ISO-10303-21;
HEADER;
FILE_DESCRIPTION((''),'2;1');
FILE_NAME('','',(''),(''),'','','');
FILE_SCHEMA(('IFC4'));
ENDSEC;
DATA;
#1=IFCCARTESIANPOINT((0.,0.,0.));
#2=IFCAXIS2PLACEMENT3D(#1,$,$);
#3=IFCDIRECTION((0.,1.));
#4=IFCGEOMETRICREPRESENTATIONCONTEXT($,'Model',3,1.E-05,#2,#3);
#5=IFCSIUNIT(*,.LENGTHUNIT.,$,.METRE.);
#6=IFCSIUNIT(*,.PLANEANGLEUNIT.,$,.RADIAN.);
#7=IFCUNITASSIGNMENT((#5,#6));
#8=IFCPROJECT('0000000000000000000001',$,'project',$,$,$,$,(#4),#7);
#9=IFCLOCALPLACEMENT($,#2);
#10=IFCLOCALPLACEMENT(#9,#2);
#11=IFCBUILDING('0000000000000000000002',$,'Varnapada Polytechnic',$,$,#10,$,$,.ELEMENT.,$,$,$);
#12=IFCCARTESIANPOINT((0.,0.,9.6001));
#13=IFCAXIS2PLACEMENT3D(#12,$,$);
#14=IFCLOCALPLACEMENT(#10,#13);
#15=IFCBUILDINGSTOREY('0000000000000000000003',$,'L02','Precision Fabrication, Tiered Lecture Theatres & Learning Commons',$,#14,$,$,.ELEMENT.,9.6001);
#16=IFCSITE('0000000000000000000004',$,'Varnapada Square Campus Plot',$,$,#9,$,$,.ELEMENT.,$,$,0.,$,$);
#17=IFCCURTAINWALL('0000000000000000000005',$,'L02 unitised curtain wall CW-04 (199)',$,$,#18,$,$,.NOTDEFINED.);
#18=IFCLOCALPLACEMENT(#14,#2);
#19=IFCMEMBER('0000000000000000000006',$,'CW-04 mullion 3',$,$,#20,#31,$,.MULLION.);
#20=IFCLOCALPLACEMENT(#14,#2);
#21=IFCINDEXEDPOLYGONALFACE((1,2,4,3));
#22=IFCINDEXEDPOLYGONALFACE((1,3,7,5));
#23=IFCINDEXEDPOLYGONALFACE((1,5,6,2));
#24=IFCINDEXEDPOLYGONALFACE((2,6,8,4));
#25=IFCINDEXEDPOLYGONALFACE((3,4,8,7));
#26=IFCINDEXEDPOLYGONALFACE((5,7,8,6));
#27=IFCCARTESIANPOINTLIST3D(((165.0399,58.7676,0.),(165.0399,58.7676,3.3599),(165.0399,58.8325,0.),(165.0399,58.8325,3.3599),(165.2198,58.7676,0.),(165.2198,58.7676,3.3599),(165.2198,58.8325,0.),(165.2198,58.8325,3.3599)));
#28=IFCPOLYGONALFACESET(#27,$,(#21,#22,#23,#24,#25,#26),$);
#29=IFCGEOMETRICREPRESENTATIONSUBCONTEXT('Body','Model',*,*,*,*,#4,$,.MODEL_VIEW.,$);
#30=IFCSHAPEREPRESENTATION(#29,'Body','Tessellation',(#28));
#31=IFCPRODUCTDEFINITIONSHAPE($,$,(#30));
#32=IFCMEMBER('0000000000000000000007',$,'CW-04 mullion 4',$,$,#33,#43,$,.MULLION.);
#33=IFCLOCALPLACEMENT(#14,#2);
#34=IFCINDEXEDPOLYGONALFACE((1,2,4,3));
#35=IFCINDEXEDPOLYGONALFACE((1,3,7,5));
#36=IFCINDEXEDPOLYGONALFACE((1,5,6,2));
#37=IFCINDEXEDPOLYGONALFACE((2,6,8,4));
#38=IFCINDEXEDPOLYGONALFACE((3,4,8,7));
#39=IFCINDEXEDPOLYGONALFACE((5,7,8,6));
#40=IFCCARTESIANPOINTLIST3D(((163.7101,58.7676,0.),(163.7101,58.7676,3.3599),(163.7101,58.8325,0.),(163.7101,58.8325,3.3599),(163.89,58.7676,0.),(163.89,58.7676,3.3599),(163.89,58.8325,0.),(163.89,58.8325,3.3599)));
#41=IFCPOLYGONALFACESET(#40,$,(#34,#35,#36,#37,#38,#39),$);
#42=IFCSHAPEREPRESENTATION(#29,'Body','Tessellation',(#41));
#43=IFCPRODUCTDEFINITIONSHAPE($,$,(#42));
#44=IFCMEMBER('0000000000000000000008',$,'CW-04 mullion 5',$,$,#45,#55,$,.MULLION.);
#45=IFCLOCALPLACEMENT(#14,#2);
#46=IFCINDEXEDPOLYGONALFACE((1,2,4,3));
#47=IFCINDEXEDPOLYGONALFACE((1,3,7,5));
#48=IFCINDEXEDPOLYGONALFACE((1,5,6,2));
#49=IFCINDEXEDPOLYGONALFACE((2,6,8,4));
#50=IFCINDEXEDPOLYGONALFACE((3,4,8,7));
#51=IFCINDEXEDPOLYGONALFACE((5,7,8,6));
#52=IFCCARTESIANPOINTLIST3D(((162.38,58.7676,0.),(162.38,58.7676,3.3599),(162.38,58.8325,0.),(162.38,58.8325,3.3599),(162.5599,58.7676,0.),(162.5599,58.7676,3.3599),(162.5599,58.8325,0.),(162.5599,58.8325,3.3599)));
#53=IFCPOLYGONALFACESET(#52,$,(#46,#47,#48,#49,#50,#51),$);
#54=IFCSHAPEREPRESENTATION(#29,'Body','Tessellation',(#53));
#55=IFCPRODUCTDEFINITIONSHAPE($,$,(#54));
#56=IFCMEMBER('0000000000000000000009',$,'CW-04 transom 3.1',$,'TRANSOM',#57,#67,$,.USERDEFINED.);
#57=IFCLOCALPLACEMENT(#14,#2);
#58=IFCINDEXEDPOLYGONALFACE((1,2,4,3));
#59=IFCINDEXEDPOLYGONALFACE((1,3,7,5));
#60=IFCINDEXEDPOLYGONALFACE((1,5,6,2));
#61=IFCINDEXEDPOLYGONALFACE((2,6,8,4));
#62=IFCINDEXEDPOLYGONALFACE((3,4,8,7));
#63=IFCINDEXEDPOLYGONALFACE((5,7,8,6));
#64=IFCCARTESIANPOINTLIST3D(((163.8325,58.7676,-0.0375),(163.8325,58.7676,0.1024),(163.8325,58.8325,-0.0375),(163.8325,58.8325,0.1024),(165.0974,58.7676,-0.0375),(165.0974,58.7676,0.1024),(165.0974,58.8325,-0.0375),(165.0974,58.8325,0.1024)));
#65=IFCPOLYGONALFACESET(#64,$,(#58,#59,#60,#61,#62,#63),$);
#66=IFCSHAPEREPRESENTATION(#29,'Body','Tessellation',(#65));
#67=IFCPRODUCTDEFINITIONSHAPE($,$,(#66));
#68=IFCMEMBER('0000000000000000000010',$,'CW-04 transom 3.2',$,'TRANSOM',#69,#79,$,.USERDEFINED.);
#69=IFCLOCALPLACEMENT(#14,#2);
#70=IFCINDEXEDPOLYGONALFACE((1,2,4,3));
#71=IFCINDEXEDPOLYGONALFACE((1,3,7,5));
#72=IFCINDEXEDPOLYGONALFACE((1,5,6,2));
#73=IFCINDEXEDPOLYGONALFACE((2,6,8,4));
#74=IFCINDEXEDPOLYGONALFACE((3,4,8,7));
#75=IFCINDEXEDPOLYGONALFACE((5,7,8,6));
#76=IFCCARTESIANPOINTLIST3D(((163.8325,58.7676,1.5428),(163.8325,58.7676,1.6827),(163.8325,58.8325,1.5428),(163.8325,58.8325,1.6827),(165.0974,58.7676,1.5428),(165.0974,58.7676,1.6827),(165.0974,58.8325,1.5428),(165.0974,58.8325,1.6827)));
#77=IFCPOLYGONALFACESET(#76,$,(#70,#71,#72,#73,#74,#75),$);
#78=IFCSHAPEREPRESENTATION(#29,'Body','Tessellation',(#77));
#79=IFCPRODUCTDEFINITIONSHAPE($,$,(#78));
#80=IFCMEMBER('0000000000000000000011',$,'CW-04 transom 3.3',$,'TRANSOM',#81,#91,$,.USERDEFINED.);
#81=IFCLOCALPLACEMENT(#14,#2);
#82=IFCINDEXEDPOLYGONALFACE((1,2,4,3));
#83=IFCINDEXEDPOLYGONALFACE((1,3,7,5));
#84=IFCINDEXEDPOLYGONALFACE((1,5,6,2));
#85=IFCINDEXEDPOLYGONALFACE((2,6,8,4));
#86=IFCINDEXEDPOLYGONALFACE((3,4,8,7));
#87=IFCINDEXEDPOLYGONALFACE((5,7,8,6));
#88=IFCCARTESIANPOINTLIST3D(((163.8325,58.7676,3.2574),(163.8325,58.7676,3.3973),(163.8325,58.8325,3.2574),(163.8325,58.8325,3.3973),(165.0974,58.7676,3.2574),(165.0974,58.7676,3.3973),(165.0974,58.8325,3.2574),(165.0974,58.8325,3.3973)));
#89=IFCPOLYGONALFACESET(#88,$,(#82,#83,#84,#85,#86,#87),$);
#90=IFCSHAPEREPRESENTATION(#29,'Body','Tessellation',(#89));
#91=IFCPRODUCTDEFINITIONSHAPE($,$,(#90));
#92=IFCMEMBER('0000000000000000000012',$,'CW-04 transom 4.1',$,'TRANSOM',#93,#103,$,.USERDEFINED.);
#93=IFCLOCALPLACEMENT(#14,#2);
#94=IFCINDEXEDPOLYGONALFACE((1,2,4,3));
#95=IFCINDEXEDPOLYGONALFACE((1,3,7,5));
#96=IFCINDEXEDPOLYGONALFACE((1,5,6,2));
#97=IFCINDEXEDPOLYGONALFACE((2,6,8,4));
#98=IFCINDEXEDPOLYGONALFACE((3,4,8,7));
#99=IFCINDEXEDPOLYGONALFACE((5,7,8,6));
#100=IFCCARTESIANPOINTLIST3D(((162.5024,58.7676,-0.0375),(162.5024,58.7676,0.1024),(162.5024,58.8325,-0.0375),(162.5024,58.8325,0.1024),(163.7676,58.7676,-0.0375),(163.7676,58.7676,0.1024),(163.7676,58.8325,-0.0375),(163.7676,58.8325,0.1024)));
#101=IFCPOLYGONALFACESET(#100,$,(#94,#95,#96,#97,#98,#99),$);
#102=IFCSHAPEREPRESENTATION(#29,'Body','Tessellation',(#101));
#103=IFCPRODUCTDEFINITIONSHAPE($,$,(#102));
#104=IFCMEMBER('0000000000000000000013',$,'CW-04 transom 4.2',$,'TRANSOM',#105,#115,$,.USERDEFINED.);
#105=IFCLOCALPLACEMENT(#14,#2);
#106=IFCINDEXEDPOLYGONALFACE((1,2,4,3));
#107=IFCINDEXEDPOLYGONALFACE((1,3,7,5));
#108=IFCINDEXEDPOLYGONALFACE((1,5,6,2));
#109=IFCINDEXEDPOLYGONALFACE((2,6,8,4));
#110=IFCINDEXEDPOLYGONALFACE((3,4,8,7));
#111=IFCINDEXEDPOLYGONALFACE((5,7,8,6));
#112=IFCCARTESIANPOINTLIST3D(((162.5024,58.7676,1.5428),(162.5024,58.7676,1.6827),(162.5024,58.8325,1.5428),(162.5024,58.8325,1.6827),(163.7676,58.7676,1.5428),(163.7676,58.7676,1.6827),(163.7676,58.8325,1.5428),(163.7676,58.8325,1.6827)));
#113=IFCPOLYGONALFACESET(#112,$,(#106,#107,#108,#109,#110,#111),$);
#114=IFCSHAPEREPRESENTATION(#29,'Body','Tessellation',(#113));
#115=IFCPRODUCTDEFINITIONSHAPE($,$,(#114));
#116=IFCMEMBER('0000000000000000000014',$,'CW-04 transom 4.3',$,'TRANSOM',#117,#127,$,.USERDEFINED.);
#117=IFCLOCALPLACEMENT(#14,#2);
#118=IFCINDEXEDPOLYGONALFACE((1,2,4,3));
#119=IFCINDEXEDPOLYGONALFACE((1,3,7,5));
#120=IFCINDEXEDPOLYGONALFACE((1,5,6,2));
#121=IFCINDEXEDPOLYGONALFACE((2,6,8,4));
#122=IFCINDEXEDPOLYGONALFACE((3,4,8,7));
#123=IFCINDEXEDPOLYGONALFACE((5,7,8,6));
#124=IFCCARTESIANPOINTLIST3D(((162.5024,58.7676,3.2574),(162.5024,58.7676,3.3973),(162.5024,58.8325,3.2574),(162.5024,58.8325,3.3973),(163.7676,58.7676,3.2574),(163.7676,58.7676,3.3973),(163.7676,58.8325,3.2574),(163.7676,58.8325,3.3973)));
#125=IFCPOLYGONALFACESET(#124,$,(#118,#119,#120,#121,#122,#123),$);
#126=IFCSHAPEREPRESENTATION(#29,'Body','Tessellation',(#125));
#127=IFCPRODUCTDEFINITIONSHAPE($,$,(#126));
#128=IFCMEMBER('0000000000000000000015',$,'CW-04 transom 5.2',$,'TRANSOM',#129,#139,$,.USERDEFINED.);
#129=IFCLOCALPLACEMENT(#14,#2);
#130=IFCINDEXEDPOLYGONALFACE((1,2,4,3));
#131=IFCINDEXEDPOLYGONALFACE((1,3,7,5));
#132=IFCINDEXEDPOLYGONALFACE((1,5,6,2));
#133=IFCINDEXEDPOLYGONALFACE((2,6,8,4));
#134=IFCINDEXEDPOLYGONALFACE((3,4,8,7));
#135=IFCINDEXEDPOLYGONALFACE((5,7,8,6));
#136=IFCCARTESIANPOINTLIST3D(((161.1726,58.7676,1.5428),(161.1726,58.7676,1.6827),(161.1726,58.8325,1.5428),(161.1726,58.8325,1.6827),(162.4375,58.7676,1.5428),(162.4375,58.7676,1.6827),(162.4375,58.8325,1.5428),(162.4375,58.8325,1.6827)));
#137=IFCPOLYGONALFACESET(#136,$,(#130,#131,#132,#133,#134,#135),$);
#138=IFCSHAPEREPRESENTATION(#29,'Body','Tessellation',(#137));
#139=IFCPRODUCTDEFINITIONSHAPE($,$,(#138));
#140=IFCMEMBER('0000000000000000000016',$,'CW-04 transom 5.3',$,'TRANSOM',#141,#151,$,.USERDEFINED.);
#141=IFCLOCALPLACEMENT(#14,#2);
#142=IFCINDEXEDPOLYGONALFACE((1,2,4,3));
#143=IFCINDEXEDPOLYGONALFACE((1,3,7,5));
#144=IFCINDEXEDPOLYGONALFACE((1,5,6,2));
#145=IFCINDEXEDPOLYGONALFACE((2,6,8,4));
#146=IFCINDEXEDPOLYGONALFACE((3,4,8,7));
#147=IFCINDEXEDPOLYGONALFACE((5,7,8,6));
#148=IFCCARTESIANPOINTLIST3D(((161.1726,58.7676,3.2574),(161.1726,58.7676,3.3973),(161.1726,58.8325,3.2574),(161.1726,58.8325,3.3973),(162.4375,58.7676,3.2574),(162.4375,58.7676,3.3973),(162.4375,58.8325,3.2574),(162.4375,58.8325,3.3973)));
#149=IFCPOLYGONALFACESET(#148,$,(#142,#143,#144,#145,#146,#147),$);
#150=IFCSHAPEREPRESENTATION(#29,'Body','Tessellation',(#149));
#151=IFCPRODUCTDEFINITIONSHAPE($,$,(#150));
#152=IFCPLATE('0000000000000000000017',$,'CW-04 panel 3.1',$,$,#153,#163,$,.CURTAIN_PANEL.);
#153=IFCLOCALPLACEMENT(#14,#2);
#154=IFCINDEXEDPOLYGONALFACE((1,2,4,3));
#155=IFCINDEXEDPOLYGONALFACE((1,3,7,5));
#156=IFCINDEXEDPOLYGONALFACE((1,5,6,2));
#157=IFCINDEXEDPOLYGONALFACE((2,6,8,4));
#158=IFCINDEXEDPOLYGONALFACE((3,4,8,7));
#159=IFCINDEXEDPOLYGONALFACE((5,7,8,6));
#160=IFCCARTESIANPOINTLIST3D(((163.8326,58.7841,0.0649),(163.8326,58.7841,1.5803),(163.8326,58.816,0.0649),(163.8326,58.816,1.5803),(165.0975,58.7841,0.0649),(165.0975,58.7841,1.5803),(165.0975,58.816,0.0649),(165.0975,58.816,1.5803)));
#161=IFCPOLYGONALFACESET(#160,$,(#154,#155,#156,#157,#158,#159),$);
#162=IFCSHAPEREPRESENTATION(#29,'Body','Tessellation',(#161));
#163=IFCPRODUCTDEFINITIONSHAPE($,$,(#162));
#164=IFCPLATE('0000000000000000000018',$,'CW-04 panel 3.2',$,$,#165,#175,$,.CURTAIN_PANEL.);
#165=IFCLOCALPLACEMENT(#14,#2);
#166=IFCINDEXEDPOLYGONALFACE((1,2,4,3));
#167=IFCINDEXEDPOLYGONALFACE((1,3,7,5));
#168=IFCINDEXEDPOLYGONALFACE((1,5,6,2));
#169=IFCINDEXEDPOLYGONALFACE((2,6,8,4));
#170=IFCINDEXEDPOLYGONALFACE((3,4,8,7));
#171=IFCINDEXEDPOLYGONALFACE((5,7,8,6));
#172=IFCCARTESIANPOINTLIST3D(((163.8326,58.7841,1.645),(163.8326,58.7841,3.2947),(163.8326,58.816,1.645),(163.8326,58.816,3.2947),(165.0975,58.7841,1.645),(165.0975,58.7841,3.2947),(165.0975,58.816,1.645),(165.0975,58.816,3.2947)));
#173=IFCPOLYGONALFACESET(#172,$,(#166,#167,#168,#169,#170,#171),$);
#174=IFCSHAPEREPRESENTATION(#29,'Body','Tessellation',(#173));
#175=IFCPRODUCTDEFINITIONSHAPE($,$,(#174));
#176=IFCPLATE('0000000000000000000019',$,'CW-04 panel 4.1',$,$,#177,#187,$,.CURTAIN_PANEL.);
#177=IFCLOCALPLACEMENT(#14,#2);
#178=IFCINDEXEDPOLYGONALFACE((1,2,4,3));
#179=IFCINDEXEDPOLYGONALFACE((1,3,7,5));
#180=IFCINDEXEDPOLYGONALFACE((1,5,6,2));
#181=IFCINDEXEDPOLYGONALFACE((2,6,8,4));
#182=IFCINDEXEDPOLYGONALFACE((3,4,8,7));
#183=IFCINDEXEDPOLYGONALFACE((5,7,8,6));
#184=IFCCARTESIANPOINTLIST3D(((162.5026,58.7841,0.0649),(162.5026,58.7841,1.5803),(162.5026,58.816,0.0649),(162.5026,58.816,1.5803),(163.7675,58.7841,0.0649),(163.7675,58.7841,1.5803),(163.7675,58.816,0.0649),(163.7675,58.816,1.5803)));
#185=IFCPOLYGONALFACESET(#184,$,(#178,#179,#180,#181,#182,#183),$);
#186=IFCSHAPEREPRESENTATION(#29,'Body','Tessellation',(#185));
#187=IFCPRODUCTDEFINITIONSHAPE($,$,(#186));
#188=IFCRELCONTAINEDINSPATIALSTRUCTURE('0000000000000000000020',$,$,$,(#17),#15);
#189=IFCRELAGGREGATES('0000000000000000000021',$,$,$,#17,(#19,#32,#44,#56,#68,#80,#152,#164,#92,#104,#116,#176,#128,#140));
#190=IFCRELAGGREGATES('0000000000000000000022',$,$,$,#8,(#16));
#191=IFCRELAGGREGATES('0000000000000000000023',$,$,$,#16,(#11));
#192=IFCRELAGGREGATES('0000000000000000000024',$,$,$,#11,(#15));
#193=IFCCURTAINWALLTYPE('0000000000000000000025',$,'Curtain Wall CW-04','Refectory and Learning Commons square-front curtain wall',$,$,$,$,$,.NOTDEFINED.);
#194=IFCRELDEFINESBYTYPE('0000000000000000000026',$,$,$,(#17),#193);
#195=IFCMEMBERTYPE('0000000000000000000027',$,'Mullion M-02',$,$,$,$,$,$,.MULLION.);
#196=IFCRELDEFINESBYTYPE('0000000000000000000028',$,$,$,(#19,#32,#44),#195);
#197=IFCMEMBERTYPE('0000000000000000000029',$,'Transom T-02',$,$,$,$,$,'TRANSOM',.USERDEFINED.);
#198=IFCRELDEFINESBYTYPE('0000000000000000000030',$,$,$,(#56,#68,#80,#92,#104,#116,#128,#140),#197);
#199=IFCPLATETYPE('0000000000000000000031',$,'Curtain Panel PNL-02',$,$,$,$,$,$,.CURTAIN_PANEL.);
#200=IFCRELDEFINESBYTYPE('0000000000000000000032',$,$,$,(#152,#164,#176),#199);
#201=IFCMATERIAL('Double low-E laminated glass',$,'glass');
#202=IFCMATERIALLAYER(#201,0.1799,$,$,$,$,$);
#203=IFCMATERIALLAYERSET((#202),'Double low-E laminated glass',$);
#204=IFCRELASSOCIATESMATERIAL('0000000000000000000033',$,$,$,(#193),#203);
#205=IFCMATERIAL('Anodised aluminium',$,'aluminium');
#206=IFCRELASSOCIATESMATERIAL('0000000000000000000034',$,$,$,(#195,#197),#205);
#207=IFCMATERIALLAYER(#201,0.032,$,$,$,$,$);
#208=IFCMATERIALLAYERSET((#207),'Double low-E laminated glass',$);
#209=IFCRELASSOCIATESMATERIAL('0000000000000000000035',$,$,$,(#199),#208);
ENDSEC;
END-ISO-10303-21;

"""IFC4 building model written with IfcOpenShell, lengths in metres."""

from ifc_helpers import new_model, si_unit, direction, frame, origin, origin_2d, place, context, subcontext, project, spatial, rectangle, extrude, material, layer, layer_set, material_profile, profile_set, type_object, element, aggregate, save


model = new_model("IFC4")

# Units and contexts
model_context = context("Model", 3, precision=1e-05, world=origin(), true_north=direction((0.0, 1.0)))
body_context = subcontext(model_context, "Body", "Model", "MODEL_VIEW")
ifc_project = project(units=[si_unit("LENGTHUNIT", "METRE"), si_unit("PLANEANGLEUNIT", "RADIAN")], contexts=[model_context])

# Site, building, storey
site_placement = place(None, origin())
site = spatial("IfcSite", under=ifc_project, at=site_placement, Name="Varnapada Square Campus Plot", CompositionType="ELEMENT", RefElevation=0.0)
building_placement = place(site_placement, origin())
building = spatial("IfcBuilding", under=site, at=building_placement, Name="Varnapada Polytechnic", CompositionType="ELEMENT")
storey_placement = place(building_placement, frame((0.0, 0.0, 9.6001)))
storey = spatial("IfcBuildingStorey", under=building, at=storey_placement, Name="L02", Description="Precision Fabrication, Tiered Lecture Theatres & Learning Commons", CompositionType="ELEMENT", Elevation=9.6001)

# Curtain wall, members, plates
ifc_material_1 = material(Name="Double low-E laminated glass", Category="glass")
ifc_layer_1 = layer(ifc_material_1, 0.1799)
ifc_layer_set_1 = layer_set([ifc_layer_1], Name="Double low-E laminated glass")
curtain_wall_type = type_object("IfcCurtainWallType", Name="Curtain Wall CW-04", Description="Refectory and Learning Commons square-front curtain wall", PredefinedType="NOTDEFINED", material=ifc_layer_set_1)
curtain_wall_placement = place(storey_placement, origin())
curtain_wall = element("IfcCurtainWall", 1, at=curtain_wall_placement, inside=storey, type_object=curtain_wall_type, Name="L02 unitised curtain wall CW-04 (199)", PredefinedType="NOTDEFINED")
ifc_material_2 = material(Name="Anodised aluminium", Category="aluminium")
ifc_material_profile_1 = material_profile(ifc_material_2, rectangle(XDim=0.0649, YDim=0.1799, at=origin_2d()), Name="ALU M65x180")
ifc_profile_set_1 = profile_set([ifc_material_profile_1], Name="Anodised aluminium")
member_type_1 = type_object("IfcMemberType", Name="Mullion M-02", PredefinedType="MULLION", material=ifc_profile_set_1)
member_1_placement = place(storey_placement, frame((165.1299, 58.8, 0.0), z_axis=(0.0, 0.0, 1.0), x_axis=(0.0, -1.0, 0.0)))
member_1 = element("IfcMember", 2, at=member_1_placement, type_object=member_type_1, Name="CW-04 mullion 3", PredefinedType="MULLION", context=body_context, shape_type="SweptSolid", body=[
    extrude(rectangle(XDim=0.0649, YDim=0.1799, at=origin_2d()), origin(), (0.0, 0.0, 1.0), 3.3599),
])
member_2_placement = place(storey_placement, frame((163.8, 58.8, 0.0), z_axis=(0.0, 0.0, 1.0), x_axis=(0.0, -1.0, 0.0)))
member_2 = element("IfcMember", 3, at=member_2_placement, type_object=member_type_1, Name="CW-04 mullion 4", PredefinedType="MULLION", context=body_context, shape_type="SweptSolid", body=[
    extrude(rectangle(XDim=0.0649, YDim=0.1799, at=origin_2d()), origin(), (0.0, 0.0, 1.0), 3.3599),
])
member_3_placement = place(storey_placement, frame((162.47, 58.8, 0.0), z_axis=(0.0, 0.0, 1.0), x_axis=(0.0, -1.0, 0.0)))
member_3 = element("IfcMember", 4, at=member_3_placement, type_object=member_type_1, Name="CW-04 mullion 5", PredefinedType="MULLION", context=body_context, shape_type="SweptSolid", body=[
    extrude(rectangle(XDim=0.0649, YDim=0.1799, at=origin_2d()), origin(), (0.0, 0.0, 1.0), 3.3599),
])
ifc_material_profile_2 = material_profile(ifc_material_2, rectangle(XDim=0.0649, YDim=0.1399, at=origin_2d()), Name="ALU T65x140")
ifc_profile_set_2 = profile_set([ifc_material_profile_2], Name="Anodised aluminium")
member_type_2 = type_object("IfcMemberType", Name="Transom T-02", ElementType="TRANSOM", PredefinedType="USERDEFINED", material=ifc_profile_set_2)
member_4_placement = place(storey_placement, frame((165.0974, 58.8, 0.0325), z_axis=(-1.0, 0.0, 0.0), x_axis=(0.0, -1.0, 0.0)))
member_4 = element("IfcMember", 5, at=member_4_placement, type_object=member_type_2, Name="CW-04 transom 3.1", ObjectType="TRANSOM", PredefinedType="USERDEFINED", context=body_context, shape_type="SweptSolid", body=[
    extrude(rectangle(XDim=0.0649, YDim=0.1399, at=origin_2d()), origin(), (0.0, 0.0, 1.0), 1.2649),
])
member_5_placement = place(storey_placement, frame((165.0974, 58.8, 1.6128), z_axis=(-1.0, 0.0, 0.0), x_axis=(0.0, -1.0, 0.0)))
member_5 = element("IfcMember", 6, at=member_5_placement, type_object=member_type_2, Name="CW-04 transom 3.2", ObjectType="TRANSOM", PredefinedType="USERDEFINED", context=body_context, shape_type="SweptSolid", body=[
    extrude(rectangle(XDim=0.0649, YDim=0.1399, at=origin_2d()), origin(), (0.0, 0.0, 1.0), 1.2649),
])
member_6_placement = place(storey_placement, frame((165.0974, 58.8, 3.3274), z_axis=(-1.0, 0.0, 0.0), x_axis=(0.0, -1.0, 0.0)))
member_6 = element("IfcMember", 7, at=member_6_placement, type_object=member_type_2, Name="CW-04 transom 3.3", ObjectType="TRANSOM", PredefinedType="USERDEFINED", context=body_context, shape_type="SweptSolid", body=[
    extrude(rectangle(XDim=0.0649, YDim=0.1399, at=origin_2d()), origin(), (0.0, 0.0, 1.0), 1.2649),
])
member_7_placement = place(storey_placement, frame((163.7676, 58.8, 0.0325), z_axis=(-1.0, 0.0, 0.0), x_axis=(0.0, -1.0, 0.0)))
member_7 = element("IfcMember", 8, at=member_7_placement, type_object=member_type_2, Name="CW-04 transom 4.1", ObjectType="TRANSOM", PredefinedType="USERDEFINED", context=body_context, shape_type="SweptSolid", body=[
    extrude(rectangle(XDim=0.0649, YDim=0.1399, at=origin_2d()), origin(), (0.0, 0.0, 1.0), 1.2651),
])
member_8_placement = place(storey_placement, frame((163.7676, 58.8, 1.6128), z_axis=(-1.0, 0.0, 0.0), x_axis=(0.0, -1.0, 0.0)))
member_8 = element("IfcMember", 9, at=member_8_placement, type_object=member_type_2, Name="CW-04 transom 4.2", ObjectType="TRANSOM", PredefinedType="USERDEFINED", context=body_context, shape_type="SweptSolid", body=[
    extrude(rectangle(XDim=0.0649, YDim=0.1399, at=origin_2d()), origin(), (0.0, 0.0, 1.0), 1.2651),
])
member_9_placement = place(storey_placement, frame((163.7676, 58.8, 3.3274), z_axis=(-1.0, 0.0, 0.0), x_axis=(0.0, -1.0, 0.0)))
member_9 = element("IfcMember", 10, at=member_9_placement, type_object=member_type_2, Name="CW-04 transom 4.3", ObjectType="TRANSOM", PredefinedType="USERDEFINED", context=body_context, shape_type="SweptSolid", body=[
    extrude(rectangle(XDim=0.0649, YDim=0.1399, at=origin_2d()), origin(), (0.0, 0.0, 1.0), 1.2651),
])
member_10_placement = place(storey_placement, frame((162.4375, 58.8, 1.6128), z_axis=(-1.0, 0.0, 0.0), x_axis=(0.0, -1.0, 0.0)))
member_10 = element("IfcMember", 11, at=member_10_placement, type_object=member_type_2, Name="CW-04 transom 5.2", ObjectType="TRANSOM", PredefinedType="USERDEFINED", context=body_context, shape_type="SweptSolid", body=[
    extrude(rectangle(XDim=0.0649, YDim=0.1399, at=origin_2d()), origin(), (0.0, 0.0, 1.0), 1.2649),
])
member_11_placement = place(storey_placement, frame((162.4375, 58.8, 3.3274), z_axis=(-1.0, 0.0, 0.0), x_axis=(0.0, -1.0, 0.0)))
member_11 = element("IfcMember", 12, at=member_11_placement, type_object=member_type_2, Name="CW-04 transom 5.3", ObjectType="TRANSOM", PredefinedType="USERDEFINED", context=body_context, shape_type="SweptSolid", body=[
    extrude(rectangle(XDim=0.0649, YDim=0.1399, at=origin_2d()), origin(), (0.0, 0.0, 1.0), 1.2649),
])
ifc_layer_2 = layer(ifc_material_1, 0.032)
ifc_layer_set_2 = layer_set([ifc_layer_2], Name="Double low-E laminated glass")
plate_type = type_object("IfcPlateType", Name="Curtain Panel PNL-02", PredefinedType="CURTAIN_PANEL", material=ifc_layer_set_2)
plate_1_placement = place(storey_placement, frame((164.4651, 58.8, 0.0649), z_axis=(0.0, 0.0, 1.0), x_axis=(-1.0, 0.0, 0.0)))
plate_1 = element("IfcPlate", 13, at=plate_1_placement, type_object=plate_type, Name="CW-04 panel 3.1", PredefinedType="CURTAIN_PANEL", context=body_context, shape_type="SweptSolid", body=[
    extrude(rectangle(XDim=1.2649, YDim=0.032, at=origin_2d()), origin(), (0.0, 0.0, 1.0), 1.5154),
])
plate_2_placement = place(storey_placement, frame((164.4651, 58.8, 1.645), z_axis=(0.0, 0.0, 1.0), x_axis=(-1.0, 0.0, 0.0)))
plate_2 = element("IfcPlate", 14, at=plate_2_placement, type_object=plate_type, Name="CW-04 panel 3.2", PredefinedType="CURTAIN_PANEL", context=body_context, shape_type="SweptSolid", body=[
    extrude(rectangle(XDim=1.2649, YDim=0.032, at=origin_2d()), origin(), (0.0, 0.0, 1.0), 1.6497),
])
plate_3_placement = place(storey_placement, frame((163.135, 58.8, 0.0649), z_axis=(0.0, 0.0, 1.0), x_axis=(-1.0, 0.0, 0.0)))
plate_3 = element("IfcPlate", 15, at=plate_3_placement, type_object=plate_type, Name="CW-04 panel 4.1", PredefinedType="CURTAIN_PANEL", context=body_context, shape_type="SweptSolid", body=[
    extrude(rectangle(XDim=1.2649, YDim=0.032, at=origin_2d()), origin(), (0.0, 0.0, 1.0), 1.5154),
])
aggregate(curtain_wall, [member_1, member_2, member_3, member_4, member_5, member_6, plate_1, plate_2, member_7, member_8, member_9, plate_3, member_10, member_11])

save(model, "model.ifc")
